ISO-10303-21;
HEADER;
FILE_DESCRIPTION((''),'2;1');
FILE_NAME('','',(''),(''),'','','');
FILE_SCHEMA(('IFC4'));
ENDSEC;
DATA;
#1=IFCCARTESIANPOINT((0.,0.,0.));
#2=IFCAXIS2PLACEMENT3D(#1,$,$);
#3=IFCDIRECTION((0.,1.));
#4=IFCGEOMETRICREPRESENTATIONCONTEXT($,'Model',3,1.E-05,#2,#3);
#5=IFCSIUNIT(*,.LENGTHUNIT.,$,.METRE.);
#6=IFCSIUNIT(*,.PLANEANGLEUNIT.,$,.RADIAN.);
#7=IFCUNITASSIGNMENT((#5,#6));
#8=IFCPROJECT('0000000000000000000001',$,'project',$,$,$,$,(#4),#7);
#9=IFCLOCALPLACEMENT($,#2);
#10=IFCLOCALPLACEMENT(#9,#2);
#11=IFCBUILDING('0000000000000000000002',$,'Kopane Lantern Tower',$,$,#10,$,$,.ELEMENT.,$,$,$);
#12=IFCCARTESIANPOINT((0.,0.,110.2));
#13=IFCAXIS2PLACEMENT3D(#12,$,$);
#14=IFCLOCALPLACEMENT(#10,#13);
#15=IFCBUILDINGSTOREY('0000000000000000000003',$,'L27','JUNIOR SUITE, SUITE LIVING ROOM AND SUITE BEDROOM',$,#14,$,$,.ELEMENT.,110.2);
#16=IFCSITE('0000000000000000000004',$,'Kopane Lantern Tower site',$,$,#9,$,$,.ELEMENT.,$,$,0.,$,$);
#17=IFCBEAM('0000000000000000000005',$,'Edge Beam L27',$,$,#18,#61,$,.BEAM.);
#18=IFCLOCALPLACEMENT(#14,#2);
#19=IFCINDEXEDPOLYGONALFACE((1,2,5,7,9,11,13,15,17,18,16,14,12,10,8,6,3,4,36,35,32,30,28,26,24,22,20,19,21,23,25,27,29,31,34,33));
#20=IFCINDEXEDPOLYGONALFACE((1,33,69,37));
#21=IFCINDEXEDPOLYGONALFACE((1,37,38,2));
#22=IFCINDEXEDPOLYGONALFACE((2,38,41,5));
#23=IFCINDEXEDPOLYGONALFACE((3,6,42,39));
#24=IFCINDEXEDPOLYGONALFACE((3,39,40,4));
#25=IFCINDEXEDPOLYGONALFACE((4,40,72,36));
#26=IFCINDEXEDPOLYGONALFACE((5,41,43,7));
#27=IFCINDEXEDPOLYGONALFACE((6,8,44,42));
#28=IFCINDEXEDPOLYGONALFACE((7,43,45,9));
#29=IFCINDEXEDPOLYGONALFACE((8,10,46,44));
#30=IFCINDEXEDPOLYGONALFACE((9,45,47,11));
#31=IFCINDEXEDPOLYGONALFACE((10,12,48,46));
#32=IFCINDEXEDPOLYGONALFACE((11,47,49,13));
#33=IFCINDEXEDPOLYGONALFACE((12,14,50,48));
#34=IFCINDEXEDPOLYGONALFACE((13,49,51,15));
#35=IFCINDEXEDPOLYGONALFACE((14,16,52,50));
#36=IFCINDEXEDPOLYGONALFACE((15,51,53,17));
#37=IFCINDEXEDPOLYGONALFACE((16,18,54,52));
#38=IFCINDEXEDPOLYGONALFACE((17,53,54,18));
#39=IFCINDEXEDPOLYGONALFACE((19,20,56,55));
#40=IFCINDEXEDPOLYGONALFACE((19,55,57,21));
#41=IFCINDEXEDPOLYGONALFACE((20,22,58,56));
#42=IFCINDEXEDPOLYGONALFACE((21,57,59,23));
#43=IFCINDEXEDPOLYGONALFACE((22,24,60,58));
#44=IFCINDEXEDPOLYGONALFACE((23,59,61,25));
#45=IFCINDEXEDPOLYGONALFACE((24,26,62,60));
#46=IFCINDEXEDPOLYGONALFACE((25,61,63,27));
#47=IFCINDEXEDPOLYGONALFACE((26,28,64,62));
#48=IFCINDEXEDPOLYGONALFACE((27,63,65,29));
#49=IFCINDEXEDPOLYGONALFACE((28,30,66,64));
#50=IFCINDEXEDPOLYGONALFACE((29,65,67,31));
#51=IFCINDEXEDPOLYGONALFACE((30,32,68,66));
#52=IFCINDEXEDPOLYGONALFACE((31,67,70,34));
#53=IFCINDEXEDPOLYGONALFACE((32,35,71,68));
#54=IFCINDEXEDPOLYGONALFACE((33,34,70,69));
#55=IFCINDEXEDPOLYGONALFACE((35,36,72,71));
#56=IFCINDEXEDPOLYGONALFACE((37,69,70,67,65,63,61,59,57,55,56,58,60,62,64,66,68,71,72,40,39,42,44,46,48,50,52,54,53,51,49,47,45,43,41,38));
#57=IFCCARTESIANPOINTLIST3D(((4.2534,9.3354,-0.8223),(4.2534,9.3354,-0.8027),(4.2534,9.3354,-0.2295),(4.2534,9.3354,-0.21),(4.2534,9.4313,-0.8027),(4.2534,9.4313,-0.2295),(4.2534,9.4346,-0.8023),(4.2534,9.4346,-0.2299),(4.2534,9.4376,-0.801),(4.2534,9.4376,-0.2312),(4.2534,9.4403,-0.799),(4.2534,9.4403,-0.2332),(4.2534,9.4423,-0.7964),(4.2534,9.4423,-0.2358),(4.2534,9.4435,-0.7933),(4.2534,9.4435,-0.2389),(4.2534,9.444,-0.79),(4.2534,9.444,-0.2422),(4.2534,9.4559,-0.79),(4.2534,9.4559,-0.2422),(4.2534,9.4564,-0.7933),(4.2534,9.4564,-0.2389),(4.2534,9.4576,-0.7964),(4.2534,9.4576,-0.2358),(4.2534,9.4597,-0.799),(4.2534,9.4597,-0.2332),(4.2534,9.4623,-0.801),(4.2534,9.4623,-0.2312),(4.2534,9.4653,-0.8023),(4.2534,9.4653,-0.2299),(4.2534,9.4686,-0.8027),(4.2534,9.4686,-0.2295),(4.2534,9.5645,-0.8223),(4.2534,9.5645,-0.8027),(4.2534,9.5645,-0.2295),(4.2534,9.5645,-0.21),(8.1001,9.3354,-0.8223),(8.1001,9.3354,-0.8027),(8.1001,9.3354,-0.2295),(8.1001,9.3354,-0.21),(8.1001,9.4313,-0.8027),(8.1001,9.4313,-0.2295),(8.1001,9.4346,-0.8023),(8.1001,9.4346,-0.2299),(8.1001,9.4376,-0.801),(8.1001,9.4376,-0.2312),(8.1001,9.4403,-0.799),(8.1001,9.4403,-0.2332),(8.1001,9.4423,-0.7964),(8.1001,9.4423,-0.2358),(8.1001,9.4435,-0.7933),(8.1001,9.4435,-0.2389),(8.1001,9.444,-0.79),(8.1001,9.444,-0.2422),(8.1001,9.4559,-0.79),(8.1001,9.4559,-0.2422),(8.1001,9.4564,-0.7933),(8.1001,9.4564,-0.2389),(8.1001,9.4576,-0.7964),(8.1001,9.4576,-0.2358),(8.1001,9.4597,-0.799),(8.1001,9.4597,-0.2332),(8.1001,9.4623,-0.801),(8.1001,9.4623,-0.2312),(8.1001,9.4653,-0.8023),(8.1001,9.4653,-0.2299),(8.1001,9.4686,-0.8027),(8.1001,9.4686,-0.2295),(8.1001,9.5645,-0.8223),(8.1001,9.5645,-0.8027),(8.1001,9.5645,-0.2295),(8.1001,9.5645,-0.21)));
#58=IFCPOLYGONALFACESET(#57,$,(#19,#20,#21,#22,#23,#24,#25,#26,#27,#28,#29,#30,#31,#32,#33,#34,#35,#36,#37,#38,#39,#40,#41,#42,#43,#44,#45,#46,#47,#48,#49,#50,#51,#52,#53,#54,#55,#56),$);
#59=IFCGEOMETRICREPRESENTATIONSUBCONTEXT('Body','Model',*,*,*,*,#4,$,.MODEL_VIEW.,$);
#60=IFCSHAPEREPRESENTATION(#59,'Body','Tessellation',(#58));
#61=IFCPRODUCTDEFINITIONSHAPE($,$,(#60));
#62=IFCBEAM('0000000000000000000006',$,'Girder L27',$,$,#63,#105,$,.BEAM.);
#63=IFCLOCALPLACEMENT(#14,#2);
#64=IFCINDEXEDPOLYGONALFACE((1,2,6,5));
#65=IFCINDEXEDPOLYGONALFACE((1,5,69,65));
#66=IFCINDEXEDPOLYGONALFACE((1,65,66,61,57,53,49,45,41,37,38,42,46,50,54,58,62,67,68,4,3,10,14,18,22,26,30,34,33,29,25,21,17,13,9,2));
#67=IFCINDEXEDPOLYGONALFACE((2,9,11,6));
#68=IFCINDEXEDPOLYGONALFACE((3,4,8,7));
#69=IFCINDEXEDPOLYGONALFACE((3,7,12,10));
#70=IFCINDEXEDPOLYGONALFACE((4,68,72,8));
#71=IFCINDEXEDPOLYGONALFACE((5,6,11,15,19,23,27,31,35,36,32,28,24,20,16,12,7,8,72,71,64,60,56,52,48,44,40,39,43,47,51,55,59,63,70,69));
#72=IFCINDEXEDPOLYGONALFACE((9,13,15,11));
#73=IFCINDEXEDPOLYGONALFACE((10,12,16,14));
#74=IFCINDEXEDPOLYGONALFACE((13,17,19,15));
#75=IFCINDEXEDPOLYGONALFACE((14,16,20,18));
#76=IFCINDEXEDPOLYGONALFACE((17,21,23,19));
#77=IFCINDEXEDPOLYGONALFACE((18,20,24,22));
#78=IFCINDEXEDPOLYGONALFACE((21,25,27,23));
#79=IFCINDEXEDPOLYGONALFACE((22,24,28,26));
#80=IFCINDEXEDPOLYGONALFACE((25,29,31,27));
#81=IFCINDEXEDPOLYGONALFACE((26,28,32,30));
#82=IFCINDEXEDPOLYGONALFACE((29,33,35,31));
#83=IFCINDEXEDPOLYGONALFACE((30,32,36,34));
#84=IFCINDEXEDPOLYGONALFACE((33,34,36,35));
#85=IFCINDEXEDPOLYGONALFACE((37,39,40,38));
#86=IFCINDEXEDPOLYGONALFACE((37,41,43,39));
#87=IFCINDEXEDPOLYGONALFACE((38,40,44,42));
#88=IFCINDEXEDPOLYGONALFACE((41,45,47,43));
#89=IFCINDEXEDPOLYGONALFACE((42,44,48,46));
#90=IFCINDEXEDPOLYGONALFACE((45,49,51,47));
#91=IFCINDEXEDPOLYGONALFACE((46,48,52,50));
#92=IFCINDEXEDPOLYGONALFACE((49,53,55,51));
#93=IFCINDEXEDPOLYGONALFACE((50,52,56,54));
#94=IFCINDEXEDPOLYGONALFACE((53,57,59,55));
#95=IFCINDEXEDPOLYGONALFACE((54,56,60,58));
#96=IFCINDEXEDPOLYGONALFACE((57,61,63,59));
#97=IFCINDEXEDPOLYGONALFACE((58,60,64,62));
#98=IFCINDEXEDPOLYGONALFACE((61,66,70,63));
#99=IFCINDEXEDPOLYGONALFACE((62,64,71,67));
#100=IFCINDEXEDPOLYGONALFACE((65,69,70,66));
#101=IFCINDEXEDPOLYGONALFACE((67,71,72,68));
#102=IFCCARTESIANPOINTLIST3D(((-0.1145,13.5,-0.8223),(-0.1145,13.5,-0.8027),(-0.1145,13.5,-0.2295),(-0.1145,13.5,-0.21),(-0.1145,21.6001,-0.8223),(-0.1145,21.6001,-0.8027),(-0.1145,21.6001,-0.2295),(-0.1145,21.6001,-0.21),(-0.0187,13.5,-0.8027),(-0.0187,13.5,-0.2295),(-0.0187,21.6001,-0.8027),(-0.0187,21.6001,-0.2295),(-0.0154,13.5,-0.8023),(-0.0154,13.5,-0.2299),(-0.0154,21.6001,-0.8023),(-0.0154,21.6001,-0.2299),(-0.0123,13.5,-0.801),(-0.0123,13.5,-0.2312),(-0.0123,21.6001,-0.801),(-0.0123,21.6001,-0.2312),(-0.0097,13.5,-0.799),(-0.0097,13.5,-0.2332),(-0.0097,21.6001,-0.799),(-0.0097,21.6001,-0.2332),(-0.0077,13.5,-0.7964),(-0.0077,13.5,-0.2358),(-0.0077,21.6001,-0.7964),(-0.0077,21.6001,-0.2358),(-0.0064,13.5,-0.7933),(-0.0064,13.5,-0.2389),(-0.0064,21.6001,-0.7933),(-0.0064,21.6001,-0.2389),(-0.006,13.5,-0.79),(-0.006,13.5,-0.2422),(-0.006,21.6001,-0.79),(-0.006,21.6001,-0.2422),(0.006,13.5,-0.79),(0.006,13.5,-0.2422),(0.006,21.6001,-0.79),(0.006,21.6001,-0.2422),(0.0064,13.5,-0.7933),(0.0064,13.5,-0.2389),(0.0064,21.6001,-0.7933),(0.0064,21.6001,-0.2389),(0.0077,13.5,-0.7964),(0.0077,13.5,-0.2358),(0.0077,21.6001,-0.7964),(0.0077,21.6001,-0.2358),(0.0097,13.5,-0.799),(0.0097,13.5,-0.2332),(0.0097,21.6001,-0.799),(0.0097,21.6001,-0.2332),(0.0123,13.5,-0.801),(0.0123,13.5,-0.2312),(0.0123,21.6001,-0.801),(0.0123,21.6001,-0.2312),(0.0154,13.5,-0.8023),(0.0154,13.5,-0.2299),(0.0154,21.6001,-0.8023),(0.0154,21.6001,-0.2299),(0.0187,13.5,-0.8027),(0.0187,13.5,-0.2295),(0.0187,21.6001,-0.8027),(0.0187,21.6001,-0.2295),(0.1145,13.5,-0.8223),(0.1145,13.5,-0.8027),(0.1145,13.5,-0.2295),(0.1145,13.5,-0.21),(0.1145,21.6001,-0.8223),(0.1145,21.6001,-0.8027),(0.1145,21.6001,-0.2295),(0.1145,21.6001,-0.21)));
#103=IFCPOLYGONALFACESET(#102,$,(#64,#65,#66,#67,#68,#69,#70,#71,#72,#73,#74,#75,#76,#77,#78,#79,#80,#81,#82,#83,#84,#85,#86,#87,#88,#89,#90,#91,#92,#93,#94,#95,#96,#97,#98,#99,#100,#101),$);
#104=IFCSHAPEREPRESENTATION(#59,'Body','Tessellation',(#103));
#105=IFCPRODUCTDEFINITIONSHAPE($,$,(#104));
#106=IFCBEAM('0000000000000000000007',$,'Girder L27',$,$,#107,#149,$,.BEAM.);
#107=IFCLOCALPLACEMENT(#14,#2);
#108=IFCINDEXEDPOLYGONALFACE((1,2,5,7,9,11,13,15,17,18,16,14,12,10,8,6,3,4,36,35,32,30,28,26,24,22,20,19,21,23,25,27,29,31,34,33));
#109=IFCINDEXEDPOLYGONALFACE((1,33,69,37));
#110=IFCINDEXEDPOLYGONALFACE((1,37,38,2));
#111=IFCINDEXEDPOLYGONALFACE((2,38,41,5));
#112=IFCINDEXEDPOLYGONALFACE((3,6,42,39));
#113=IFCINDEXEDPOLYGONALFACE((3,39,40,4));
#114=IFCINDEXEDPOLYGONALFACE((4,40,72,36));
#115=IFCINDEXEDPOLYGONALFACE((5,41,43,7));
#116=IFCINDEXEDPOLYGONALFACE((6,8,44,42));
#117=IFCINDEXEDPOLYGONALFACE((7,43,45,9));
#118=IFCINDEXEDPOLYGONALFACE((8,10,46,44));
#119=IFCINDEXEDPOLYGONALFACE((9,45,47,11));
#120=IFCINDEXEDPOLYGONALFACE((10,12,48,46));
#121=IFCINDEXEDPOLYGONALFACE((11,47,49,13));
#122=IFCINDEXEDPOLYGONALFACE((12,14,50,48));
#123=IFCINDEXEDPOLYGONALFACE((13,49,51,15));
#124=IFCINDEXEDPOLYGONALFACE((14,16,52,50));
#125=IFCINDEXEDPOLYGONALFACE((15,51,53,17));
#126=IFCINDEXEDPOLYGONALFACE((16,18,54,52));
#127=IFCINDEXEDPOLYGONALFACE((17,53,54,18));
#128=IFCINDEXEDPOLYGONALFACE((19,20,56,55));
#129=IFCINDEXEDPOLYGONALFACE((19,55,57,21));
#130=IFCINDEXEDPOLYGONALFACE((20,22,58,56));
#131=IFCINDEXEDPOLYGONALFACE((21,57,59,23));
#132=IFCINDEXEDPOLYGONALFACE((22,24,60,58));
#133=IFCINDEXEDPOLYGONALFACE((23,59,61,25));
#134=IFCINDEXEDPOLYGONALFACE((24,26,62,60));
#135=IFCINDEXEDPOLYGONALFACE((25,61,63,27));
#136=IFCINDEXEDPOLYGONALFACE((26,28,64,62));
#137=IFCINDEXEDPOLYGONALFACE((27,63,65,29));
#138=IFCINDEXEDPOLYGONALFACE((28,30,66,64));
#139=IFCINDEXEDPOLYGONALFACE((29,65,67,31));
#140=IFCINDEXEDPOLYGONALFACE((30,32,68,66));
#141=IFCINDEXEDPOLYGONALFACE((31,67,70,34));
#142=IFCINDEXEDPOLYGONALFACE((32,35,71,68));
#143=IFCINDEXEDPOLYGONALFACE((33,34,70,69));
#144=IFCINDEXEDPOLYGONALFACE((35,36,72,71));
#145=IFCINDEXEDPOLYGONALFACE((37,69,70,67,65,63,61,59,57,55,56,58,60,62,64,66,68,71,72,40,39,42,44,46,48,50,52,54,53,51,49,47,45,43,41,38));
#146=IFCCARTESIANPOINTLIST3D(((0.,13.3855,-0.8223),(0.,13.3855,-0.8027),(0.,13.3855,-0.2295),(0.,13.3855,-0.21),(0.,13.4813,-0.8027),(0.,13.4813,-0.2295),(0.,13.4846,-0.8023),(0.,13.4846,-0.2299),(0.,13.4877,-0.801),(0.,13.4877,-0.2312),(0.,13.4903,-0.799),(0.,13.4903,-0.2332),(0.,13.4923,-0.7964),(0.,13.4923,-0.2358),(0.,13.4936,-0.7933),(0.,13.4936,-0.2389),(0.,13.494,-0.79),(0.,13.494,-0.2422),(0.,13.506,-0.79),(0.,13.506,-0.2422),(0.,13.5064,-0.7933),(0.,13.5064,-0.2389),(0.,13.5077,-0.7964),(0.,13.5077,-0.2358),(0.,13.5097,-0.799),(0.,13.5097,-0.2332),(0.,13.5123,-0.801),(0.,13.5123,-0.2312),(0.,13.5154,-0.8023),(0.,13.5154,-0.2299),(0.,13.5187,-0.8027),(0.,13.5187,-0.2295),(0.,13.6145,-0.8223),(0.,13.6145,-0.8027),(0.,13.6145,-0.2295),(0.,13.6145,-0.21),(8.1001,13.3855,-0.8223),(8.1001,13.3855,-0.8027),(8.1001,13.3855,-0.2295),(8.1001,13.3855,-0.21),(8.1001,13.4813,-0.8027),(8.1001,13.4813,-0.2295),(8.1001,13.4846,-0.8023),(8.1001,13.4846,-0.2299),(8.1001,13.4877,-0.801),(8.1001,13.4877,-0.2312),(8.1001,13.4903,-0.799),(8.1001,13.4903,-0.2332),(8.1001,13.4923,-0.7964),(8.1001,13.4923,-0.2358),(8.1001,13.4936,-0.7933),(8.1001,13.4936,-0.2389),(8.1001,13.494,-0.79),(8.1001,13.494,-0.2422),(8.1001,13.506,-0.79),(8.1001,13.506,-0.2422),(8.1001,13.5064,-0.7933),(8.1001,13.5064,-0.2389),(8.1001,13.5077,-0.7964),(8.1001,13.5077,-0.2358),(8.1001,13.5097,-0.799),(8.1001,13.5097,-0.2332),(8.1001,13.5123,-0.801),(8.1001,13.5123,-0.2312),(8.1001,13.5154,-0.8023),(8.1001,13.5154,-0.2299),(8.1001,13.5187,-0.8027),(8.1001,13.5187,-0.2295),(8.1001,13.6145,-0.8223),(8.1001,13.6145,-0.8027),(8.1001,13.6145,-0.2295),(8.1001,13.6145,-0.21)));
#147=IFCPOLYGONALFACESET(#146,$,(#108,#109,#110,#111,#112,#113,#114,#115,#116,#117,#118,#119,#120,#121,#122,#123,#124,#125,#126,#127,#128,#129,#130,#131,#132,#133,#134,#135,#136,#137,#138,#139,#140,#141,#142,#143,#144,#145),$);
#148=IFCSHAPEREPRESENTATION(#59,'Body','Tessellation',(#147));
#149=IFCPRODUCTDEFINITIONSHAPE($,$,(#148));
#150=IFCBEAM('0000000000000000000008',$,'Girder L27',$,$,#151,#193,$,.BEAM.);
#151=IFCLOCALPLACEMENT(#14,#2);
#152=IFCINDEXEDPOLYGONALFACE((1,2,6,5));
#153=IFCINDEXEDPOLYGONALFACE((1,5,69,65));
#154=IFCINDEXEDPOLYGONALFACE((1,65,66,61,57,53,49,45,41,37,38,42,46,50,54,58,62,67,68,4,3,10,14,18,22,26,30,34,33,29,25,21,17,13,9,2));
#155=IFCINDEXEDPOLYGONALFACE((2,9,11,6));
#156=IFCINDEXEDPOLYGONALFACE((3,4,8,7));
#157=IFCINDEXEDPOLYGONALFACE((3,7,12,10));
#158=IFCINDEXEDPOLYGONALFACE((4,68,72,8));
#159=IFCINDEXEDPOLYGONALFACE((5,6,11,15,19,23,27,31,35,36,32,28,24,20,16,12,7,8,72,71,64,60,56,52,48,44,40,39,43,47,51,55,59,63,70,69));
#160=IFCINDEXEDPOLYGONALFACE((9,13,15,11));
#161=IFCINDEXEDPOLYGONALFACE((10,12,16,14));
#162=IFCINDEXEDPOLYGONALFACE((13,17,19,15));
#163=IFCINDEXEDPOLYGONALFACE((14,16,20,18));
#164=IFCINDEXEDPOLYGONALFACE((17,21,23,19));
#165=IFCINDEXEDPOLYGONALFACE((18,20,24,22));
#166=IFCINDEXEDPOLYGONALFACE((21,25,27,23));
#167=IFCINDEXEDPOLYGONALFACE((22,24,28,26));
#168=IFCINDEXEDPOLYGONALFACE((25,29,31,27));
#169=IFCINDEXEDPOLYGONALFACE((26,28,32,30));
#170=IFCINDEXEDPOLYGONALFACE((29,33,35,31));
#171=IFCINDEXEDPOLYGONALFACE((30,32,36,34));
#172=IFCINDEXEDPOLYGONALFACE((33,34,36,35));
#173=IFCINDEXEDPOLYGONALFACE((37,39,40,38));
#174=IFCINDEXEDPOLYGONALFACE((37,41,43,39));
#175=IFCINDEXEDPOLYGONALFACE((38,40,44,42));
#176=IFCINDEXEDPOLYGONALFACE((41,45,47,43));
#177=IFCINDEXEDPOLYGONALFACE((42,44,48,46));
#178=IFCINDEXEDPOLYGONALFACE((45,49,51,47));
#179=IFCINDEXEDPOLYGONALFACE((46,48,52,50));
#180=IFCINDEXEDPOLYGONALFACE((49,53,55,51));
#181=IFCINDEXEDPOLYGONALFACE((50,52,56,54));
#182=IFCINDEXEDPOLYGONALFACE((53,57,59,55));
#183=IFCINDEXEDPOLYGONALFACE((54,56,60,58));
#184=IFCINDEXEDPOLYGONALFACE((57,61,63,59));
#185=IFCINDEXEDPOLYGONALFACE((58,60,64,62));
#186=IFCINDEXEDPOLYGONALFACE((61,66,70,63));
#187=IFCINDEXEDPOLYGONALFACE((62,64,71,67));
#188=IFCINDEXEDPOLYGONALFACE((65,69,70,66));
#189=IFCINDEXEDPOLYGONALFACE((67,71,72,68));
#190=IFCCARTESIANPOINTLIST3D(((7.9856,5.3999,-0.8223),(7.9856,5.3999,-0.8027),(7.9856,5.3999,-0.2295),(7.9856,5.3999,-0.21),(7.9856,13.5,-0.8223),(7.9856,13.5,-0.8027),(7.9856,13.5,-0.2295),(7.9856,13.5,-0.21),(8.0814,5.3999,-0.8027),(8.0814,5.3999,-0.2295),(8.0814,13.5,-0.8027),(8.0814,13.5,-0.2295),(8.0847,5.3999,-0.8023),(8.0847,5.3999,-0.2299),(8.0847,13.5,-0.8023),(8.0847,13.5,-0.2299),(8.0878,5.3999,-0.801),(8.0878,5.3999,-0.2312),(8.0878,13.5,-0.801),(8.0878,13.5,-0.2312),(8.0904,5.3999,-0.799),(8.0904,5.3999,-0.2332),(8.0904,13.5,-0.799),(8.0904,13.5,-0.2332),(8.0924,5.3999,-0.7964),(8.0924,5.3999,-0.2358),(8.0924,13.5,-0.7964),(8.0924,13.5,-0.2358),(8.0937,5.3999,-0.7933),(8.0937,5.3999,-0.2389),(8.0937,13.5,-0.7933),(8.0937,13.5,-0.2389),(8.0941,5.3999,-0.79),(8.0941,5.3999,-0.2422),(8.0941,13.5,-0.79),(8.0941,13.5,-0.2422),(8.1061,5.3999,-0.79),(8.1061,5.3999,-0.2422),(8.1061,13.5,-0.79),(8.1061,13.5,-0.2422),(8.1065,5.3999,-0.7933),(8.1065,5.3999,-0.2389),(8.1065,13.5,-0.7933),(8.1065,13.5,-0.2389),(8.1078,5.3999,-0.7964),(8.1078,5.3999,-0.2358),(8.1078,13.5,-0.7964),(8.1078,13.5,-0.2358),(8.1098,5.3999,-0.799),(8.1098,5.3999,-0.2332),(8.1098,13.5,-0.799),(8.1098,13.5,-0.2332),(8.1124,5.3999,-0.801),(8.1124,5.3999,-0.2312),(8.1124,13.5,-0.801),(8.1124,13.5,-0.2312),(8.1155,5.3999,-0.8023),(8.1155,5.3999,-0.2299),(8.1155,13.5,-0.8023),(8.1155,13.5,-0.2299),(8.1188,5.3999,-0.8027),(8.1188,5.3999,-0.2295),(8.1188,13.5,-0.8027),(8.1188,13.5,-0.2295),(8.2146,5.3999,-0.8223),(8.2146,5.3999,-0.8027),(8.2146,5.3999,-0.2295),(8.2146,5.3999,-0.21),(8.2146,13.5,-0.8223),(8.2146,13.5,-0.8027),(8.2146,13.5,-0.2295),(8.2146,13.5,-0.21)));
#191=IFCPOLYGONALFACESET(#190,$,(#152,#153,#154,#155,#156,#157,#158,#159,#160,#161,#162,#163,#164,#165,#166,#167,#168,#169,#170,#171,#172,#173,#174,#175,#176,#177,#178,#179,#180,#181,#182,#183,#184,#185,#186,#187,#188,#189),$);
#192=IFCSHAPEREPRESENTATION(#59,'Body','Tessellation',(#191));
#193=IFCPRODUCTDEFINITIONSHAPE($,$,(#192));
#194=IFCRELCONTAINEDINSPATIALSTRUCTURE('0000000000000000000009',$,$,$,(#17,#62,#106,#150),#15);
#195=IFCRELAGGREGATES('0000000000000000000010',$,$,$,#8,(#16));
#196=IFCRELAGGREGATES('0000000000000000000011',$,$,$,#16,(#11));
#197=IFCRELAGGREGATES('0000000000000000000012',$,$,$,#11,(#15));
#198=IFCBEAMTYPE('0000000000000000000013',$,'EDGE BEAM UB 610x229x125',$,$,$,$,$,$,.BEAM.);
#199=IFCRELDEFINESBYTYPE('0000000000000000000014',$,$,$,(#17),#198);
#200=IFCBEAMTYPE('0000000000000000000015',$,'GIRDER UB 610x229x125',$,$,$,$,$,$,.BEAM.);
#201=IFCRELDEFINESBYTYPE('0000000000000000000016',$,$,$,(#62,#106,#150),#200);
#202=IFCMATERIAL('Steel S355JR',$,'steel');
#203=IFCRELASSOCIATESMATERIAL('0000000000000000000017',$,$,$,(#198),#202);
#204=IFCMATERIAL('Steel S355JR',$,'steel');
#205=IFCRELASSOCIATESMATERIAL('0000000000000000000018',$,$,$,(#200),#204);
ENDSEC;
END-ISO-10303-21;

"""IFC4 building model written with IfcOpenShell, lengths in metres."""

from ifc_helpers import new_model, si_unit, direction, frame, origin, origin_2d, place, context, subcontext, project, spatial, i_section, extrude, material, material_profile, profile_set, type_object, element, save


model = new_model("IFC4")

# Units and contexts
model_context = context("Model", 3, precision=1e-05, world=origin(), true_north=direction((0.0, 1.0)))
body_context = subcontext(model_context, "Body", "Model", "MODEL_VIEW")
ifc_project = project(units=[si_unit("LENGTHUNIT", "METRE"), si_unit("PLANEANGLEUNIT", "RADIAN")], contexts=[model_context])

# Site, building, storey
site_placement = place(None, origin())
site = spatial("IfcSite", under=ifc_project, at=site_placement, Name="Kopane Lantern Tower site", CompositionType="ELEMENT", RefElevation=0.0)
building_placement = place(site_placement, origin())
building = spatial("IfcBuilding", under=site, at=building_placement, Name="Kopane Lantern Tower", CompositionType="ELEMENT")
storey_placement = place(building_placement, frame((0.0, 0.0, 110.2)))
storey = spatial("IfcBuildingStorey", under=building, at=storey_placement, Name="L27", Description="JUNIOR SUITE, SUITE LIVING ROOM AND SUITE BEDROOM", CompositionType="ELEMENT", Elevation=110.2)

# Beams
ifc_material_1 = material(Name="Steel S355JR", Category="steel")
ifc_material_profile_1 = material_profile(ifc_material_1, i_section(OverallWidth=0.229, OverallDepth=0.6123, WebThickness=0.012, FlangeThickness=0.0195, FilletRadius=0.0127, at=origin_2d()), Name="UB 610x229x125")
ifc_profile_set_1 = profile_set([ifc_material_profile_1], Name="Steel S355JR")
beam_type_1 = type_object("IfcBeamType", Name="EDGE BEAM UB 610x229x125", PredefinedType="BEAM", material=ifc_profile_set_1)
beam_1_placement = place(storey_placement, frame((4.2534, 9.45, -0.5161), z_axis=(1.0, 0.0, 0.0), x_axis=(0.0, 1.0, 0.0)))
element("IfcBeam", 1, at=beam_1_placement, inside=storey, type_object=beam_type_1, Name="Edge Beam L27", PredefinedType="BEAM", context=body_context, shape_type="SweptSolid", body=[
    extrude(i_section(OverallWidth=0.229, OverallDepth=0.6123, WebThickness=0.012, FlangeThickness=0.0195, FilletRadius=0.0127, at=origin_2d()), origin(), (0.0, 0.0, 1.0), 3.8467),
])
ifc_material_2 = material(Name="Steel S355JR", Category="steel")
ifc_material_profile_2 = material_profile(ifc_material_2, i_section(OverallWidth=0.229, OverallDepth=0.6123, WebThickness=0.012, FlangeThickness=0.0195, FilletRadius=0.0127, at=origin_2d()), Name="UB 610x229x125")
ifc_profile_set_2 = profile_set([ifc_material_profile_2], Name="Steel S355JR")
beam_type_2 = type_object("IfcBeamType", Name="GIRDER UB 610x229x125", PredefinedType="BEAM", material=ifc_profile_set_2)
for number, where, z_axis, x_axis, name in (
    (2, (0.0, 13.5, -0.5161), (0.0, 1.0, 0.0), (-1.0, 0.0, 0.0), "Girder L27"),
    (3, (0.0, 13.5, -0.5161), (1.0, 0.0, 0.0), (0.0, 1.0, 0.0), "Girder L27"),
    (4, (8.1001, 5.3999, -0.5161), (0.0, 1.0, 0.0), (-1.0, 0.0, 0.0), "Girder L27"),
):
    element("IfcBeam", number, at=place(storey_placement, frame(where, z_axis=z_axis, x_axis=x_axis)), inside=storey, type_object=beam_type_2, Name=name, PredefinedType="BEAM", context=body_context, shape_type="SweptSolid", body=[
        extrude(i_section(OverallWidth=0.229, OverallDepth=0.6123, WebThickness=0.012, FlangeThickness=0.0195, FilletRadius=0.0127, at=origin_2d()), origin(), (0.0, 0.0, 1.0), 8.1001),
    ])

save(model, "model.ifc")
